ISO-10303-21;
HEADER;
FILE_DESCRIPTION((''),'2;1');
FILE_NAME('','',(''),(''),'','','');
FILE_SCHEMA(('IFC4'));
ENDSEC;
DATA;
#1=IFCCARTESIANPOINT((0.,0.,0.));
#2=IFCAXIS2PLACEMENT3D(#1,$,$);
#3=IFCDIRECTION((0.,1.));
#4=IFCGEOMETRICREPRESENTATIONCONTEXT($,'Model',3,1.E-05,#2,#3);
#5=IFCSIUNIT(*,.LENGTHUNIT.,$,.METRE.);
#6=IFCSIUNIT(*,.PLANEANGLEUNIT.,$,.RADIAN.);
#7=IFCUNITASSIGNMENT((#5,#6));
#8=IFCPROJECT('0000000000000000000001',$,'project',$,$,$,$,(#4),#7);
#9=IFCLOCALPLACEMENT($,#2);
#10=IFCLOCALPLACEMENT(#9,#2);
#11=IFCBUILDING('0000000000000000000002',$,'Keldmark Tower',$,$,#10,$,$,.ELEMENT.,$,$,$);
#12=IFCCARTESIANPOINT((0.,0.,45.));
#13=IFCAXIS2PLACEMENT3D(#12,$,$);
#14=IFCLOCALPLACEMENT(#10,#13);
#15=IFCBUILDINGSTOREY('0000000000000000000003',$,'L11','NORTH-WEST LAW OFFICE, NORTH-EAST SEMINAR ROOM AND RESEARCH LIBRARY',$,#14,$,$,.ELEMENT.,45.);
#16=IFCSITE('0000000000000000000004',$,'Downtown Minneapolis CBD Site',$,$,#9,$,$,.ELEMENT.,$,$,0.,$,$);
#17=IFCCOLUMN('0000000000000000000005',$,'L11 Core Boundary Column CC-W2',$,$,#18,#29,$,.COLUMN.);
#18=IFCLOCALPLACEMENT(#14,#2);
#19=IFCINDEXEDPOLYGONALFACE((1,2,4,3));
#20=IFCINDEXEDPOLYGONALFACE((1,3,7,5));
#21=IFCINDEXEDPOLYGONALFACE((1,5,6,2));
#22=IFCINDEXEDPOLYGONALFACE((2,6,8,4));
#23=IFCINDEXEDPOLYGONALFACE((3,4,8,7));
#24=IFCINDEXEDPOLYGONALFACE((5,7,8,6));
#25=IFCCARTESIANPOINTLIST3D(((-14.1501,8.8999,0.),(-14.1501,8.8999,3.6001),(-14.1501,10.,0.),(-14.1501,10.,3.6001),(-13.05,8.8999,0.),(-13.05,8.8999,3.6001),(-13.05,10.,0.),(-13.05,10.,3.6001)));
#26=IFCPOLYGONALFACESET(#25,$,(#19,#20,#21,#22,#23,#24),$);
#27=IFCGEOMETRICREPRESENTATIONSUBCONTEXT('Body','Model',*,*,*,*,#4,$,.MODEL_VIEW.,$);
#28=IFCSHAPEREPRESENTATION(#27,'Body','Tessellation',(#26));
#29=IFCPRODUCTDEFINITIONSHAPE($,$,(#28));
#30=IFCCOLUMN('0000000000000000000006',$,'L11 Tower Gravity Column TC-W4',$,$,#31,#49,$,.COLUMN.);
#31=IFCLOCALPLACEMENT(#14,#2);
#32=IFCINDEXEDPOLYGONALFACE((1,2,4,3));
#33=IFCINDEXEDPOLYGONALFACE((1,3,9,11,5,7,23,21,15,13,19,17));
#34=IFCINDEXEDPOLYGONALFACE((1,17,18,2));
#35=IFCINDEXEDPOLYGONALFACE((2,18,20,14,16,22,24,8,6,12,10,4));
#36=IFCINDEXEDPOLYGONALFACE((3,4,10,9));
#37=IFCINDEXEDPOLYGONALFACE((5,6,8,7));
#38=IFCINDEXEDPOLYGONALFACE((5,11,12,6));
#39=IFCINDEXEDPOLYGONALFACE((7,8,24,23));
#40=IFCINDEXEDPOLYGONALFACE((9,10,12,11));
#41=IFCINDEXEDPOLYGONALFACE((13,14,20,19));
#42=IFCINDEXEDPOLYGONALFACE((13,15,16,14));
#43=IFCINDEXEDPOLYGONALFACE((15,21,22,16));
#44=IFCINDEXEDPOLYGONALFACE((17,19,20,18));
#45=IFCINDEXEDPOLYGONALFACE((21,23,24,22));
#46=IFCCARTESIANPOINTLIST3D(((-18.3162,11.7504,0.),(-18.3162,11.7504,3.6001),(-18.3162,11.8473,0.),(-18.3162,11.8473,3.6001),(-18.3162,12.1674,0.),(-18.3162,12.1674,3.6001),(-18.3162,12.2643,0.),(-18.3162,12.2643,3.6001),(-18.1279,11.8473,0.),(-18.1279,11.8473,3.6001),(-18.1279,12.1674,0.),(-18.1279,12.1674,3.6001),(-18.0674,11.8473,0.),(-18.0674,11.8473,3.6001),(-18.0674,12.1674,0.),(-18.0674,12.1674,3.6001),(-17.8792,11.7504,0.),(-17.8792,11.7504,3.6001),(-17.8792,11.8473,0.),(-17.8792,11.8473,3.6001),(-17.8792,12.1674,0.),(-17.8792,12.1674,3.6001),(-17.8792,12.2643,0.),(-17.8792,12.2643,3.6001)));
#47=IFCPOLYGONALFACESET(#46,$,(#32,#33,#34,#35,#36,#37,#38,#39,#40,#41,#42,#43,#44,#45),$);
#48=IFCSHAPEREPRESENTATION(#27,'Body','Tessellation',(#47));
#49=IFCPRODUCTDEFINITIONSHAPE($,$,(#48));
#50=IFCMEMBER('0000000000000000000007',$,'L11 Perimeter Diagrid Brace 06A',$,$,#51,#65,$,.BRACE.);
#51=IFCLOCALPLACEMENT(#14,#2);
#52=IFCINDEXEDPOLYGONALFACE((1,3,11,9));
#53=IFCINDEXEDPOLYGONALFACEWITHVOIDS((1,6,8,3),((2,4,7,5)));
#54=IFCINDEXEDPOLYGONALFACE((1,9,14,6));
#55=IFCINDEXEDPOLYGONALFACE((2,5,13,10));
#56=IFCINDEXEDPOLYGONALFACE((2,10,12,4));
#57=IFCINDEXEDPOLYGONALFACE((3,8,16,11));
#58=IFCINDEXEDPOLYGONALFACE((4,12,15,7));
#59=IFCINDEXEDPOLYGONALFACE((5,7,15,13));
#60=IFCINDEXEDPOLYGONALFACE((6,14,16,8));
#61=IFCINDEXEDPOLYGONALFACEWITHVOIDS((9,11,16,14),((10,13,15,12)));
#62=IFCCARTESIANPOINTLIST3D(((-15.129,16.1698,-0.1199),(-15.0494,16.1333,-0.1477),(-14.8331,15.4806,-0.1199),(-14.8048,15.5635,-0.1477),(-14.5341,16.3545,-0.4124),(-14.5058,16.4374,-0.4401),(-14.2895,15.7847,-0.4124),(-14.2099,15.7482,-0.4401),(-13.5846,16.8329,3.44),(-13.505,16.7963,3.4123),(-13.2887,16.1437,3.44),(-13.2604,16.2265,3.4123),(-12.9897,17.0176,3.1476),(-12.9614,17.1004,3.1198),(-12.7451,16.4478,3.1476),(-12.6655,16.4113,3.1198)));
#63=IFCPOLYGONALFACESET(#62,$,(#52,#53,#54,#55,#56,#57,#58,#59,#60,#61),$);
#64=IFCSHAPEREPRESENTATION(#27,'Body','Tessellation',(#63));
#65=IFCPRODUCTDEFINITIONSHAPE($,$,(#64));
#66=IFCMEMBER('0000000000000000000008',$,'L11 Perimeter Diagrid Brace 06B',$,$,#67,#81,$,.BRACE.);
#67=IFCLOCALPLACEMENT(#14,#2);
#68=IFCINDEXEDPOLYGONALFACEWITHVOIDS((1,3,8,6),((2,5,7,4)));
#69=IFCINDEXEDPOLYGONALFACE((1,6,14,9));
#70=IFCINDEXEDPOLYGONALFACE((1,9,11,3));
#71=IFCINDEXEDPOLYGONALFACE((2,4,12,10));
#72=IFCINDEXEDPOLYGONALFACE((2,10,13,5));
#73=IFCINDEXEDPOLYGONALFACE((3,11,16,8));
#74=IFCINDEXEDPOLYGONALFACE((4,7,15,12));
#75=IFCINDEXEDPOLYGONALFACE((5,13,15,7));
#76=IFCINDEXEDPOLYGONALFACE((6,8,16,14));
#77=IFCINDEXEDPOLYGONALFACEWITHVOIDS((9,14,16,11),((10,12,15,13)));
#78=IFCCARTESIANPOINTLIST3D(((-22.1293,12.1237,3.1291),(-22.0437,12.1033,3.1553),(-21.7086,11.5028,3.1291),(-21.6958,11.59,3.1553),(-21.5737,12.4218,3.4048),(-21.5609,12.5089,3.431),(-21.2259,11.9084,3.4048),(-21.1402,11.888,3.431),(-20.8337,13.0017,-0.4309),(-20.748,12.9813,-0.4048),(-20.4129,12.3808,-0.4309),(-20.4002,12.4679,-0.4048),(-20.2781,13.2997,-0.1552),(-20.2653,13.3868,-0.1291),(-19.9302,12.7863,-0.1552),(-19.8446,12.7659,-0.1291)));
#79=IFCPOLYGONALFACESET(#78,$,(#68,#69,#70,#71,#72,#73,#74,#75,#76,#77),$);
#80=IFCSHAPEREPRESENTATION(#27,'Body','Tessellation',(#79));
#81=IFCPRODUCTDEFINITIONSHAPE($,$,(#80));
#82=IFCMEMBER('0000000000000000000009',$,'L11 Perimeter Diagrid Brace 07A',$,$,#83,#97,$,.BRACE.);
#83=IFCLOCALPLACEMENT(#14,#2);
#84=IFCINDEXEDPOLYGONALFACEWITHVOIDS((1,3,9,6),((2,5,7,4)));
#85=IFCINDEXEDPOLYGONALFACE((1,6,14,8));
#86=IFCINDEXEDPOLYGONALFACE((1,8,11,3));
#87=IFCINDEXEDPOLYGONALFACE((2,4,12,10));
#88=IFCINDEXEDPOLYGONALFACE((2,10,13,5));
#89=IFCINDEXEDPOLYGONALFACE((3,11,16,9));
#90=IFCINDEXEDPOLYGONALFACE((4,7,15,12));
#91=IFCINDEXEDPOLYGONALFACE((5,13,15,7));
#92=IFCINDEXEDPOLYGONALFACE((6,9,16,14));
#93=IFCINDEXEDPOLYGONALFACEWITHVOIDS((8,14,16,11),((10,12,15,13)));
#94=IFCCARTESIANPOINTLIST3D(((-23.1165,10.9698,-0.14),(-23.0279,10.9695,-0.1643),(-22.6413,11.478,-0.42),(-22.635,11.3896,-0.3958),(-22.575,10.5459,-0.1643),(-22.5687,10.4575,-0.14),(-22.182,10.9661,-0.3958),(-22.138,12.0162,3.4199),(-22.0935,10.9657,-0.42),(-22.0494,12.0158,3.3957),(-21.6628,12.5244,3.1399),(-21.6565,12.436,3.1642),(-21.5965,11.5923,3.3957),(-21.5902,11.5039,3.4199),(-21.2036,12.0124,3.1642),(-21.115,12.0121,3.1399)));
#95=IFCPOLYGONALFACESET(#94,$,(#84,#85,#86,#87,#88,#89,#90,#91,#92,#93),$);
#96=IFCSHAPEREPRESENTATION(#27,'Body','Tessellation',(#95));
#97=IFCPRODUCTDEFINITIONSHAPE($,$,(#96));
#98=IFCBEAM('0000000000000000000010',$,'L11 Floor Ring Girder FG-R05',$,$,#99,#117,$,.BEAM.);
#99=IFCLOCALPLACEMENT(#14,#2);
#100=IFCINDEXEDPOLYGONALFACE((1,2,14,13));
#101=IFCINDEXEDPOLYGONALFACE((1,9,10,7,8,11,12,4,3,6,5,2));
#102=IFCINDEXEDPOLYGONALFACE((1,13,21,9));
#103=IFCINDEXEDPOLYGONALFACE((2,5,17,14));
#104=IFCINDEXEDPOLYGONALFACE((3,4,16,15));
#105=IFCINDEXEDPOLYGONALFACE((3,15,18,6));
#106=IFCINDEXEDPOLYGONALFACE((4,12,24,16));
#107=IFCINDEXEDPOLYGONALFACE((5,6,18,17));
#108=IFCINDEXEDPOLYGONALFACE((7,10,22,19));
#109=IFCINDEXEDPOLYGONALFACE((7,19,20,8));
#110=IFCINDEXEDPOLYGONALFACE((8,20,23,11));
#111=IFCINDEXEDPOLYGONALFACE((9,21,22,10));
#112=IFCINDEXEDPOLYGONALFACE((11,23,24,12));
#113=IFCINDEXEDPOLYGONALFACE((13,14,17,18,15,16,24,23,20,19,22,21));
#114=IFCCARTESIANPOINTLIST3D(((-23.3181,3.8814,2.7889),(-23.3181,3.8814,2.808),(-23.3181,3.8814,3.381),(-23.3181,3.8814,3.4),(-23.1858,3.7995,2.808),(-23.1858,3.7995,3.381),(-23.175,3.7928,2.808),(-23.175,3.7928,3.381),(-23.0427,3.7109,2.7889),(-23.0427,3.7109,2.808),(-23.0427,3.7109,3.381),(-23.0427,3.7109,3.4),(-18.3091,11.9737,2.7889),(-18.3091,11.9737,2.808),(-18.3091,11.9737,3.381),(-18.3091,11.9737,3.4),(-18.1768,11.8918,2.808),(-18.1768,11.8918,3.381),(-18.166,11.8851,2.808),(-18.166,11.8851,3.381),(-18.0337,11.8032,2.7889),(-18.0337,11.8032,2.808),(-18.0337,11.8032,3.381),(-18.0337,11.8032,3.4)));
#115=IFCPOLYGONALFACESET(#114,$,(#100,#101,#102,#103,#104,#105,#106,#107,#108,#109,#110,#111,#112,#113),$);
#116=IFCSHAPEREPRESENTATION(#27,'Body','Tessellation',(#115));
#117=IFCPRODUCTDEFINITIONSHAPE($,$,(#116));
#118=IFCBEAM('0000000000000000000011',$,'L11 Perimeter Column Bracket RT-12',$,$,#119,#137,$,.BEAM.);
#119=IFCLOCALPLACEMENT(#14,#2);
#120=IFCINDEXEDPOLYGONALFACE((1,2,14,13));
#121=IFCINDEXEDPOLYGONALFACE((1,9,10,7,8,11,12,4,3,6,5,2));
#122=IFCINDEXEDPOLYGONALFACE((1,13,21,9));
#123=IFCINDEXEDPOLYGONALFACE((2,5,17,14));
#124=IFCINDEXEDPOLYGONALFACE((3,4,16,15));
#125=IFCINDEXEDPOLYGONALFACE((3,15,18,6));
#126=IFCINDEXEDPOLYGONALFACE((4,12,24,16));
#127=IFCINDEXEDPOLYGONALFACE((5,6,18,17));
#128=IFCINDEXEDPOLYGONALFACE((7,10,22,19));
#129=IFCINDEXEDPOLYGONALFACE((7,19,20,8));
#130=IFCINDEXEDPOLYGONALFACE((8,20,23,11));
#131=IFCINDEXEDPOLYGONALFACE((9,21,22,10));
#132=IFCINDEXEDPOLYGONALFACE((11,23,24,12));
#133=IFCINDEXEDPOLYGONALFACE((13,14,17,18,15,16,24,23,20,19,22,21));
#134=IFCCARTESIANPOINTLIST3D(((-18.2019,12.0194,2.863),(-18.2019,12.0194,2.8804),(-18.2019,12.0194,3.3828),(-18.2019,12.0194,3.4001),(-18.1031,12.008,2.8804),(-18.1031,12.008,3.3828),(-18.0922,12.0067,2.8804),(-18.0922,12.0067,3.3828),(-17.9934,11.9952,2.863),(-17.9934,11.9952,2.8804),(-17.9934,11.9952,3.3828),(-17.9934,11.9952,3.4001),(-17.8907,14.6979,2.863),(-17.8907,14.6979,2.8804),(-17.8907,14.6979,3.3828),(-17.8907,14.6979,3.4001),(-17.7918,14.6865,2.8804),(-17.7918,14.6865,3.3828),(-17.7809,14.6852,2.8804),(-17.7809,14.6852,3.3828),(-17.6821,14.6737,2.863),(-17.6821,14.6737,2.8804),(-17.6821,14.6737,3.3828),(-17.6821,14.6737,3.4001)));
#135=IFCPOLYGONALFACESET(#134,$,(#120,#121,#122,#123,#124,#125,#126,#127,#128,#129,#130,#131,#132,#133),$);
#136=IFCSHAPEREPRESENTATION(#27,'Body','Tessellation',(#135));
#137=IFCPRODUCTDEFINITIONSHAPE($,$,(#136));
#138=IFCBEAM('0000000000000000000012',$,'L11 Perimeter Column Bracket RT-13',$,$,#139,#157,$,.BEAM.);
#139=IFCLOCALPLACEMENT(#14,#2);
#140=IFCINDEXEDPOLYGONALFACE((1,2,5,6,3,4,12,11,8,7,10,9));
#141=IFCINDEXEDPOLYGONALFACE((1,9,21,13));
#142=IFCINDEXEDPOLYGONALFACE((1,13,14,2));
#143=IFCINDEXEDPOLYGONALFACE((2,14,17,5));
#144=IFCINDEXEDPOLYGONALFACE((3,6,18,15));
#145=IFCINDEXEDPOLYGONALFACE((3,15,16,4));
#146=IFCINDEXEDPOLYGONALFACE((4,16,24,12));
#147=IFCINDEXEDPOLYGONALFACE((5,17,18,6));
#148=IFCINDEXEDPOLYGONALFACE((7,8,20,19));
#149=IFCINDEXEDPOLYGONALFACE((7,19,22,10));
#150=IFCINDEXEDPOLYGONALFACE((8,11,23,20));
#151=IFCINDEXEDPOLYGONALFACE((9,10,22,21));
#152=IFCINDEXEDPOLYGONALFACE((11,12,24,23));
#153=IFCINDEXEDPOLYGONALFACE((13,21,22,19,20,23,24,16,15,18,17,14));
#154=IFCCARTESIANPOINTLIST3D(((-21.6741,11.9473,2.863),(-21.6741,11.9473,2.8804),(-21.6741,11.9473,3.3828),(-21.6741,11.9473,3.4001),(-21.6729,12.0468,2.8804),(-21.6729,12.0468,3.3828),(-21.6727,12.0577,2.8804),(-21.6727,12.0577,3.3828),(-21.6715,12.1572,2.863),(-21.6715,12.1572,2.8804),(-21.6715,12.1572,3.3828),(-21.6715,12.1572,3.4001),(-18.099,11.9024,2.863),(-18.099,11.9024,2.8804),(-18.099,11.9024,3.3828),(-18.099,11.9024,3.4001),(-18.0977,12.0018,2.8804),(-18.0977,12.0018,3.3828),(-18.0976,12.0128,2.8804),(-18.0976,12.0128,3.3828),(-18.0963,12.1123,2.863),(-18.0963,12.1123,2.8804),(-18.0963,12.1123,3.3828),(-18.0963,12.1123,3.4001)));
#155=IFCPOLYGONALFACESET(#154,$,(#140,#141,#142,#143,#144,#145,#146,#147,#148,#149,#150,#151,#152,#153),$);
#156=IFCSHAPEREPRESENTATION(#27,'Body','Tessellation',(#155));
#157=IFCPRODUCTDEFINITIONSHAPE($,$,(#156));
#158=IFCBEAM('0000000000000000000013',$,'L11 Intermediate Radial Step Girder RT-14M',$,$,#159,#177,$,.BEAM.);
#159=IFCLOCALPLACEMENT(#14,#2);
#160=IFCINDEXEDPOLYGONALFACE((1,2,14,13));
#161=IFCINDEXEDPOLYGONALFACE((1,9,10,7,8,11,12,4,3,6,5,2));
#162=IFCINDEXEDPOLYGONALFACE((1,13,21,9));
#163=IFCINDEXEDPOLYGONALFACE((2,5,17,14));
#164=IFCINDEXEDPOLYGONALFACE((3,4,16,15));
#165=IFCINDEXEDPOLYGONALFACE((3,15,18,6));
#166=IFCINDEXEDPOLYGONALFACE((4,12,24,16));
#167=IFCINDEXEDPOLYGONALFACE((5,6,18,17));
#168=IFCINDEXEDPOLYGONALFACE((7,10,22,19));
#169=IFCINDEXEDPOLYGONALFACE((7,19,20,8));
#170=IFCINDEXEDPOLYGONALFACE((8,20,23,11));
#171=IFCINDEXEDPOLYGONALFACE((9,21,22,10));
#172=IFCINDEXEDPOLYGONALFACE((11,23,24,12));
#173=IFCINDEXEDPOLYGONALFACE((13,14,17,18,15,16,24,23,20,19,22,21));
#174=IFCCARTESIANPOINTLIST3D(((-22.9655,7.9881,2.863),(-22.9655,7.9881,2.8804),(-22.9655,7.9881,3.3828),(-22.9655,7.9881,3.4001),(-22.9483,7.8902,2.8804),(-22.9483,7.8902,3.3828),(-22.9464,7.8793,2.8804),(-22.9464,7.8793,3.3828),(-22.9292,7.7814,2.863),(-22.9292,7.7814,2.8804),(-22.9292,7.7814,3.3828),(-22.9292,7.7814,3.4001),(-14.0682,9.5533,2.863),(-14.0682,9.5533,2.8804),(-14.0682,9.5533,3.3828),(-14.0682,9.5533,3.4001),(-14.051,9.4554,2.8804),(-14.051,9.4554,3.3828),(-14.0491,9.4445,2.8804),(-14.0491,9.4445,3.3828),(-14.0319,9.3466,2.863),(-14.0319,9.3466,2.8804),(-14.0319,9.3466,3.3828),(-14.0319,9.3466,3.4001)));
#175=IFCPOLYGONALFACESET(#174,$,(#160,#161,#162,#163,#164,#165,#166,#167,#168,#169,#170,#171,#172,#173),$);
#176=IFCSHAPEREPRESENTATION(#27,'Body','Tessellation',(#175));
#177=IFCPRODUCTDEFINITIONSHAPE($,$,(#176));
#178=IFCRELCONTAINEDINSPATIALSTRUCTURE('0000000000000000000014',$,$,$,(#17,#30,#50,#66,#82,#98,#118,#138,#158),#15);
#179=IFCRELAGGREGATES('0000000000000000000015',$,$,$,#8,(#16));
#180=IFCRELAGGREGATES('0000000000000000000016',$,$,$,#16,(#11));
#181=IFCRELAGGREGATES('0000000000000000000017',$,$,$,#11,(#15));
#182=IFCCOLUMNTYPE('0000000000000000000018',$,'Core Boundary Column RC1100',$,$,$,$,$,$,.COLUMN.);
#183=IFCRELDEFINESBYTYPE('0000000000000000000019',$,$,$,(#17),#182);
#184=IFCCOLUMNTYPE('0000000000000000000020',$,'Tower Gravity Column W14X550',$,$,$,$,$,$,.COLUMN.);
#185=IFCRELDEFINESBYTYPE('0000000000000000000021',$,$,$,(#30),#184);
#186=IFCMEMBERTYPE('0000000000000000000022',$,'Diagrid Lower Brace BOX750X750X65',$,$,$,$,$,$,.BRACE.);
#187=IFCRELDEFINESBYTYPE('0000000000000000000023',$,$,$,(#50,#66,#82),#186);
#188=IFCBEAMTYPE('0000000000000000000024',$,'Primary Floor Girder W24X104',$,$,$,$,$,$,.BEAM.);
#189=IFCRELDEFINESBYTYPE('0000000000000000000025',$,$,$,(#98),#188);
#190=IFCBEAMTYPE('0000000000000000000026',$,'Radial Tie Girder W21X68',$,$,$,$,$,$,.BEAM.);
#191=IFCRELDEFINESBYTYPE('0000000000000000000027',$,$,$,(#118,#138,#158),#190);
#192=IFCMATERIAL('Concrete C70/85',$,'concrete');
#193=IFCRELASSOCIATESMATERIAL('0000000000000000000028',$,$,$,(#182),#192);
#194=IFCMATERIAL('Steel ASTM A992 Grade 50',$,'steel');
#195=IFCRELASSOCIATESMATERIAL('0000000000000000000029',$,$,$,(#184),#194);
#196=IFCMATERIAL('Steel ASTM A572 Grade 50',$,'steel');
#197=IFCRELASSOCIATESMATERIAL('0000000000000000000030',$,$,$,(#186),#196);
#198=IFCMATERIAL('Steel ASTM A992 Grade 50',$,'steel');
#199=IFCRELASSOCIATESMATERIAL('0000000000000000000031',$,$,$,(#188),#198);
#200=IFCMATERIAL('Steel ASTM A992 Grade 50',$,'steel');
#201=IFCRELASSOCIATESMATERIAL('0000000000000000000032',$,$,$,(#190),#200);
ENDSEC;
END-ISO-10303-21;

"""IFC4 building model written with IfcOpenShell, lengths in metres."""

from ifc_helpers import new_model, si_unit, direction, frame, origin, origin_2d, place, context, subcontext, project, spatial, rectangle, hollow_rectangle, i_section, extrude, material, material_profile, profile_set, type_object, element, save


model = new_model("IFC4")

# Units and contexts
model_context = context("Model", 3, precision=1e-05, world=origin(), true_north=direction((0.0, 1.0)))
body_context = subcontext(model_context, "Body", "Model", "MODEL_VIEW")
ifc_project = project(units=[si_unit("LENGTHUNIT", "METRE"), si_unit("PLANEANGLEUNIT", "RADIAN")], contexts=[model_context])

# Site, building, storey
site_placement = place(None, origin())
site = spatial("IfcSite", under=ifc_project, at=site_placement, Name="Downtown Minneapolis CBD Site", CompositionType="ELEMENT", RefElevation=0.0)
building_placement = place(site_placement, origin())
building = spatial("IfcBuilding", under=site, at=building_placement, Name="Keldmark Tower", CompositionType="ELEMENT")
storey_placement = place(building_placement, frame((0.0, 0.0, 45.0)))
storey = spatial("IfcBuildingStorey", under=building, at=storey_placement, Name="L11", Description="NORTH-WEST LAW OFFICE, NORTH-EAST SEMINAR ROOM AND RESEARCH LIBRARY", CompositionType="ELEMENT", Elevation=45.0)

# Columns
ifc_material_1 = material(Name="Concrete C70/85", Category="concrete")
ifc_material_profile_1 = material_profile(ifc_material_1, rectangle(XDim=1.1001, YDim=1.1001, at=origin_2d()), Name="RC1100X1100")
ifc_profile_set_1 = profile_set([ifc_material_profile_1], Name="Concrete C70/85")
column_type_1 = type_object("IfcColumnType", Name="Core Boundary Column RC1100", PredefinedType="COLUMN", material=ifc_profile_set_1)
column_1_placement = place(storey_placement, frame((-13.6001, 9.45, 0.0), z_axis=(0.0, 0.0, 1.0), x_axis=(1.0, 0.0, 0.0)))
element("IfcColumn", 1, at=column_1_placement, inside=storey, type_object=column_type_1, Name="L11 Core Boundary Column CC-W2", PredefinedType="COLUMN", context=body_context, shape_type="SweptSolid", body=[
    extrude(rectangle(XDim=1.1001, YDim=1.1001, at=origin_2d()), origin(), (0.0, 0.0, 1.0), 3.6001),
])
ifc_material_2 = material(Name="Steel ASTM A992 Grade 50", Category="steel")
ifc_material_profile_2 = material_profile(ifc_material_2, i_section(OverallWidth=0.437, OverallDepth=0.5139, WebThickness=0.0605, FlangeThickness=0.0969, at=origin_2d()), Name="W14X550")
ifc_profile_set_2 = profile_set([ifc_material_profile_2], Name="Steel ASTM A992 Grade 50")
column_type_2 = type_object("IfcColumnType", Name="Tower Gravity Column W14X550", PredefinedType="COLUMN", material=ifc_profile_set_2)
column_2_placement = place(storey_placement, frame((-18.0977, 12.0073, 0.0), z_axis=(0.0, 0.0, 1.0), x_axis=(1.0, 0.0, 0.0)))
element("IfcColumn", 2, at=column_2_placement, inside=storey, type_object=column_type_2, Name="L11 Tower Gravity Column TC-W4", PredefinedType="COLUMN", context=body_context, shape_type="SweptSolid", body=[
    extrude(i_section(OverallWidth=0.437, OverallDepth=0.5139, WebThickness=0.0605, FlangeThickness=0.0969, at=origin_2d()), origin(), (0.0, 0.0, 1.0), 3.6001),
])

# Members
ifc_material_3 = material(Name="Steel ASTM A572 Grade 50", Category="steel")
ifc_material_profile_3 = material_profile(ifc_material_3, hollow_rectangle(XDim=0.75, YDim=0.75, WallThickness=0.0649, at=origin_2d()), Name="BOX750X750X65")
ifc_profile_set_3 = profile_set([ifc_material_profile_3], Name="Steel ASTM A572 Grade 50")
member_type = type_object("IfcMemberType", Name="Diagrid Lower Brace BOX750X750X65", PredefinedType="BRACE", material=ifc_profile_set_3)
member_1_placement = place(storey_placement, frame((-14.6694, 15.959, -0.28), z_axis=(0.392299, 0.16843, 0.904286), x_axis=(-0.394515, 0.918889, 0.0)))
element("IfcMember", 3, at=member_1_placement, inside=storey, type_object=member_type, Name="L11 Perimeter Diagrid Brace 06A", PredefinedType="BRACE", context=body_context, shape_type="SweptSolid", body=[
    extrude(hollow_rectangle(XDim=0.75, YDim=0.75, WallThickness=0.0649, at=origin_2d()), origin(), (0.0, 0.0, 1.0), 3.9368),
])
member_2_placement = place(storey_placement, frame((-20.3391, 12.8838, -0.28), z_axis=(-0.333168, -0.225753, 0.915442), x_axis=(0.560948, -0.827851, 0.0)))
element("IfcMember", 4, at=member_2_placement, inside=storey, type_object=member_type, Name="L11 Perimeter Diagrid Brace 06B", PredefinedType="BRACE", context=body_context, shape_type="SweptSolid", body=[
    extrude(hollow_rectangle(XDim=0.75, YDim=0.75, WallThickness=0.0649, at=origin_2d()), origin(), (0.0, 0.0, 1.0), 3.8889),
])
member_3_placement = place(storey_placement, frame((-22.605, 10.9678, -0.28), z_axis=(0.254988, 0.272674, 0.927702), x_axis=(-0.730398, 0.683022, 0.0)))
element("IfcMember", 5, at=member_3_placement, inside=storey, type_object=member_type, Name="L11 Perimeter Diagrid Brace 07A", PredefinedType="BRACE", context=body_context, shape_type="SweptSolid", body=[
    extrude(hollow_rectangle(XDim=0.75, YDim=0.75, WallThickness=0.0649, at=origin_2d()), origin(), (0.0, 0.0, 1.0), 3.8374),
])

# Beams
ifc_material_4 = material(Name="Steel ASTM A992 Grade 50", Category="steel")
ifc_material_profile_4 = material_profile(ifc_material_4, i_section(OverallWidth=0.324, OverallDepth=0.6111, WebThickness=0.0127, FlangeThickness=0.019, at=origin_2d()), Name="W24X104")
ifc_profile_set_4 = profile_set([ifc_material_profile_4], Name="Steel ASTM A992 Grade 50")
beam_type_1 = type_object("IfcBeamType", Name="Primary Floor Girder W24X104", PredefinedType="BEAM", material=ifc_profile_set_4)
beam_1_placement = place(storey_placement, frame((-18.1714, 11.8884, 3.0945), z_axis=(-0.526318, -0.850288, 0.0), x_axis=(0.850288, -0.526318, 0.0)))
element("IfcBeam", 6, at=beam_1_placement, inside=storey, type_object=beam_type_1, Name="L11 Floor Ring Girder FG-R05", PredefinedType="BEAM", context=body_context, shape_type="SweptSolid", body=[
    extrude(i_section(OverallWidth=0.324, OverallDepth=0.6111, WebThickness=0.0127, FlangeThickness=0.019, at=origin_2d()), origin(), (0.0, 0.0, 1.0), 9.5171),
])
ifc_material_5 = material(Name="Steel ASTM A992 Grade 50", Category="steel")
ifc_material_profile_5 = material_profile(ifc_material_5, i_section(OverallWidth=0.21, OverallDepth=0.5371, WebThickness=0.011, FlangeThickness=0.0173, at=origin_2d()), Name="W21X68")
ifc_profile_set_5 = profile_set([ifc_material_profile_5], Name="Steel ASTM A992 Grade 50")
beam_type_2 = type_object("IfcBeamType", Name="Radial Tie Girder W21X68", PredefinedType="BEAM", material=ifc_profile_set_5)
beam_2_placement = place(storey_placement, frame((-18.0977, 12.0073, 3.1316), z_axis=(0.115439, 0.993315, 0.0), x_axis=(-0.993315, 0.115439, 0.0)))
element("IfcBeam", 7, at=beam_2_placement, inside=storey, type_object=beam_type_2, Name="L11 Perimeter Column Bracket RT-12", PredefinedType="BEAM", context=body_context, shape_type="SweptSolid", body=[
    extrude(i_section(OverallWidth=0.21, OverallDepth=0.5371, WebThickness=0.011, FlangeThickness=0.0173, at=origin_2d()), origin(), (0.0, 0.0, 1.0), 2.6965),
])
beam_3_placement = place(storey_placement, frame((-18.0977, 12.0073, 3.1316), z_axis=(-0.999921, 0.012564, 0.0), x_axis=(-0.012564, -0.999921, 0.0)))
element("IfcBeam", 8, at=beam_3_placement, inside=storey, type_object=beam_type_2, Name="L11 Perimeter Column Bracket RT-13", PredefinedType="BEAM", context=body_context, shape_type="SweptSolid", body=[
    extrude(i_section(OverallWidth=0.21, OverallDepth=0.5371, WebThickness=0.011, FlangeThickness=0.0173, at=origin_2d()), origin(), (0.0, 0.0, 1.0), 3.5754),
])
beam_4_placement = place(storey_placement, frame((-14.05, 9.45, 3.1316), z_axis=(-0.984876, -0.173258, 0.0), x_axis=(0.173258, -0.984876, 0.0)))
element("IfcBeam", 9, at=beam_4_placement, inside=storey, type_object=beam_type_2, Name="L11 Intermediate Radial Step Girder RT-14M", PredefinedType="BEAM", context=body_context, shape_type="SweptSolid", body=[
    extrude(i_section(OverallWidth=0.21, OverallDepth=0.5371, WebThickness=0.011, FlangeThickness=0.0173, at=origin_2d()), origin(), (0.0, 0.0, 1.0), 9.0339),
])

save(model, "model.ifc")
